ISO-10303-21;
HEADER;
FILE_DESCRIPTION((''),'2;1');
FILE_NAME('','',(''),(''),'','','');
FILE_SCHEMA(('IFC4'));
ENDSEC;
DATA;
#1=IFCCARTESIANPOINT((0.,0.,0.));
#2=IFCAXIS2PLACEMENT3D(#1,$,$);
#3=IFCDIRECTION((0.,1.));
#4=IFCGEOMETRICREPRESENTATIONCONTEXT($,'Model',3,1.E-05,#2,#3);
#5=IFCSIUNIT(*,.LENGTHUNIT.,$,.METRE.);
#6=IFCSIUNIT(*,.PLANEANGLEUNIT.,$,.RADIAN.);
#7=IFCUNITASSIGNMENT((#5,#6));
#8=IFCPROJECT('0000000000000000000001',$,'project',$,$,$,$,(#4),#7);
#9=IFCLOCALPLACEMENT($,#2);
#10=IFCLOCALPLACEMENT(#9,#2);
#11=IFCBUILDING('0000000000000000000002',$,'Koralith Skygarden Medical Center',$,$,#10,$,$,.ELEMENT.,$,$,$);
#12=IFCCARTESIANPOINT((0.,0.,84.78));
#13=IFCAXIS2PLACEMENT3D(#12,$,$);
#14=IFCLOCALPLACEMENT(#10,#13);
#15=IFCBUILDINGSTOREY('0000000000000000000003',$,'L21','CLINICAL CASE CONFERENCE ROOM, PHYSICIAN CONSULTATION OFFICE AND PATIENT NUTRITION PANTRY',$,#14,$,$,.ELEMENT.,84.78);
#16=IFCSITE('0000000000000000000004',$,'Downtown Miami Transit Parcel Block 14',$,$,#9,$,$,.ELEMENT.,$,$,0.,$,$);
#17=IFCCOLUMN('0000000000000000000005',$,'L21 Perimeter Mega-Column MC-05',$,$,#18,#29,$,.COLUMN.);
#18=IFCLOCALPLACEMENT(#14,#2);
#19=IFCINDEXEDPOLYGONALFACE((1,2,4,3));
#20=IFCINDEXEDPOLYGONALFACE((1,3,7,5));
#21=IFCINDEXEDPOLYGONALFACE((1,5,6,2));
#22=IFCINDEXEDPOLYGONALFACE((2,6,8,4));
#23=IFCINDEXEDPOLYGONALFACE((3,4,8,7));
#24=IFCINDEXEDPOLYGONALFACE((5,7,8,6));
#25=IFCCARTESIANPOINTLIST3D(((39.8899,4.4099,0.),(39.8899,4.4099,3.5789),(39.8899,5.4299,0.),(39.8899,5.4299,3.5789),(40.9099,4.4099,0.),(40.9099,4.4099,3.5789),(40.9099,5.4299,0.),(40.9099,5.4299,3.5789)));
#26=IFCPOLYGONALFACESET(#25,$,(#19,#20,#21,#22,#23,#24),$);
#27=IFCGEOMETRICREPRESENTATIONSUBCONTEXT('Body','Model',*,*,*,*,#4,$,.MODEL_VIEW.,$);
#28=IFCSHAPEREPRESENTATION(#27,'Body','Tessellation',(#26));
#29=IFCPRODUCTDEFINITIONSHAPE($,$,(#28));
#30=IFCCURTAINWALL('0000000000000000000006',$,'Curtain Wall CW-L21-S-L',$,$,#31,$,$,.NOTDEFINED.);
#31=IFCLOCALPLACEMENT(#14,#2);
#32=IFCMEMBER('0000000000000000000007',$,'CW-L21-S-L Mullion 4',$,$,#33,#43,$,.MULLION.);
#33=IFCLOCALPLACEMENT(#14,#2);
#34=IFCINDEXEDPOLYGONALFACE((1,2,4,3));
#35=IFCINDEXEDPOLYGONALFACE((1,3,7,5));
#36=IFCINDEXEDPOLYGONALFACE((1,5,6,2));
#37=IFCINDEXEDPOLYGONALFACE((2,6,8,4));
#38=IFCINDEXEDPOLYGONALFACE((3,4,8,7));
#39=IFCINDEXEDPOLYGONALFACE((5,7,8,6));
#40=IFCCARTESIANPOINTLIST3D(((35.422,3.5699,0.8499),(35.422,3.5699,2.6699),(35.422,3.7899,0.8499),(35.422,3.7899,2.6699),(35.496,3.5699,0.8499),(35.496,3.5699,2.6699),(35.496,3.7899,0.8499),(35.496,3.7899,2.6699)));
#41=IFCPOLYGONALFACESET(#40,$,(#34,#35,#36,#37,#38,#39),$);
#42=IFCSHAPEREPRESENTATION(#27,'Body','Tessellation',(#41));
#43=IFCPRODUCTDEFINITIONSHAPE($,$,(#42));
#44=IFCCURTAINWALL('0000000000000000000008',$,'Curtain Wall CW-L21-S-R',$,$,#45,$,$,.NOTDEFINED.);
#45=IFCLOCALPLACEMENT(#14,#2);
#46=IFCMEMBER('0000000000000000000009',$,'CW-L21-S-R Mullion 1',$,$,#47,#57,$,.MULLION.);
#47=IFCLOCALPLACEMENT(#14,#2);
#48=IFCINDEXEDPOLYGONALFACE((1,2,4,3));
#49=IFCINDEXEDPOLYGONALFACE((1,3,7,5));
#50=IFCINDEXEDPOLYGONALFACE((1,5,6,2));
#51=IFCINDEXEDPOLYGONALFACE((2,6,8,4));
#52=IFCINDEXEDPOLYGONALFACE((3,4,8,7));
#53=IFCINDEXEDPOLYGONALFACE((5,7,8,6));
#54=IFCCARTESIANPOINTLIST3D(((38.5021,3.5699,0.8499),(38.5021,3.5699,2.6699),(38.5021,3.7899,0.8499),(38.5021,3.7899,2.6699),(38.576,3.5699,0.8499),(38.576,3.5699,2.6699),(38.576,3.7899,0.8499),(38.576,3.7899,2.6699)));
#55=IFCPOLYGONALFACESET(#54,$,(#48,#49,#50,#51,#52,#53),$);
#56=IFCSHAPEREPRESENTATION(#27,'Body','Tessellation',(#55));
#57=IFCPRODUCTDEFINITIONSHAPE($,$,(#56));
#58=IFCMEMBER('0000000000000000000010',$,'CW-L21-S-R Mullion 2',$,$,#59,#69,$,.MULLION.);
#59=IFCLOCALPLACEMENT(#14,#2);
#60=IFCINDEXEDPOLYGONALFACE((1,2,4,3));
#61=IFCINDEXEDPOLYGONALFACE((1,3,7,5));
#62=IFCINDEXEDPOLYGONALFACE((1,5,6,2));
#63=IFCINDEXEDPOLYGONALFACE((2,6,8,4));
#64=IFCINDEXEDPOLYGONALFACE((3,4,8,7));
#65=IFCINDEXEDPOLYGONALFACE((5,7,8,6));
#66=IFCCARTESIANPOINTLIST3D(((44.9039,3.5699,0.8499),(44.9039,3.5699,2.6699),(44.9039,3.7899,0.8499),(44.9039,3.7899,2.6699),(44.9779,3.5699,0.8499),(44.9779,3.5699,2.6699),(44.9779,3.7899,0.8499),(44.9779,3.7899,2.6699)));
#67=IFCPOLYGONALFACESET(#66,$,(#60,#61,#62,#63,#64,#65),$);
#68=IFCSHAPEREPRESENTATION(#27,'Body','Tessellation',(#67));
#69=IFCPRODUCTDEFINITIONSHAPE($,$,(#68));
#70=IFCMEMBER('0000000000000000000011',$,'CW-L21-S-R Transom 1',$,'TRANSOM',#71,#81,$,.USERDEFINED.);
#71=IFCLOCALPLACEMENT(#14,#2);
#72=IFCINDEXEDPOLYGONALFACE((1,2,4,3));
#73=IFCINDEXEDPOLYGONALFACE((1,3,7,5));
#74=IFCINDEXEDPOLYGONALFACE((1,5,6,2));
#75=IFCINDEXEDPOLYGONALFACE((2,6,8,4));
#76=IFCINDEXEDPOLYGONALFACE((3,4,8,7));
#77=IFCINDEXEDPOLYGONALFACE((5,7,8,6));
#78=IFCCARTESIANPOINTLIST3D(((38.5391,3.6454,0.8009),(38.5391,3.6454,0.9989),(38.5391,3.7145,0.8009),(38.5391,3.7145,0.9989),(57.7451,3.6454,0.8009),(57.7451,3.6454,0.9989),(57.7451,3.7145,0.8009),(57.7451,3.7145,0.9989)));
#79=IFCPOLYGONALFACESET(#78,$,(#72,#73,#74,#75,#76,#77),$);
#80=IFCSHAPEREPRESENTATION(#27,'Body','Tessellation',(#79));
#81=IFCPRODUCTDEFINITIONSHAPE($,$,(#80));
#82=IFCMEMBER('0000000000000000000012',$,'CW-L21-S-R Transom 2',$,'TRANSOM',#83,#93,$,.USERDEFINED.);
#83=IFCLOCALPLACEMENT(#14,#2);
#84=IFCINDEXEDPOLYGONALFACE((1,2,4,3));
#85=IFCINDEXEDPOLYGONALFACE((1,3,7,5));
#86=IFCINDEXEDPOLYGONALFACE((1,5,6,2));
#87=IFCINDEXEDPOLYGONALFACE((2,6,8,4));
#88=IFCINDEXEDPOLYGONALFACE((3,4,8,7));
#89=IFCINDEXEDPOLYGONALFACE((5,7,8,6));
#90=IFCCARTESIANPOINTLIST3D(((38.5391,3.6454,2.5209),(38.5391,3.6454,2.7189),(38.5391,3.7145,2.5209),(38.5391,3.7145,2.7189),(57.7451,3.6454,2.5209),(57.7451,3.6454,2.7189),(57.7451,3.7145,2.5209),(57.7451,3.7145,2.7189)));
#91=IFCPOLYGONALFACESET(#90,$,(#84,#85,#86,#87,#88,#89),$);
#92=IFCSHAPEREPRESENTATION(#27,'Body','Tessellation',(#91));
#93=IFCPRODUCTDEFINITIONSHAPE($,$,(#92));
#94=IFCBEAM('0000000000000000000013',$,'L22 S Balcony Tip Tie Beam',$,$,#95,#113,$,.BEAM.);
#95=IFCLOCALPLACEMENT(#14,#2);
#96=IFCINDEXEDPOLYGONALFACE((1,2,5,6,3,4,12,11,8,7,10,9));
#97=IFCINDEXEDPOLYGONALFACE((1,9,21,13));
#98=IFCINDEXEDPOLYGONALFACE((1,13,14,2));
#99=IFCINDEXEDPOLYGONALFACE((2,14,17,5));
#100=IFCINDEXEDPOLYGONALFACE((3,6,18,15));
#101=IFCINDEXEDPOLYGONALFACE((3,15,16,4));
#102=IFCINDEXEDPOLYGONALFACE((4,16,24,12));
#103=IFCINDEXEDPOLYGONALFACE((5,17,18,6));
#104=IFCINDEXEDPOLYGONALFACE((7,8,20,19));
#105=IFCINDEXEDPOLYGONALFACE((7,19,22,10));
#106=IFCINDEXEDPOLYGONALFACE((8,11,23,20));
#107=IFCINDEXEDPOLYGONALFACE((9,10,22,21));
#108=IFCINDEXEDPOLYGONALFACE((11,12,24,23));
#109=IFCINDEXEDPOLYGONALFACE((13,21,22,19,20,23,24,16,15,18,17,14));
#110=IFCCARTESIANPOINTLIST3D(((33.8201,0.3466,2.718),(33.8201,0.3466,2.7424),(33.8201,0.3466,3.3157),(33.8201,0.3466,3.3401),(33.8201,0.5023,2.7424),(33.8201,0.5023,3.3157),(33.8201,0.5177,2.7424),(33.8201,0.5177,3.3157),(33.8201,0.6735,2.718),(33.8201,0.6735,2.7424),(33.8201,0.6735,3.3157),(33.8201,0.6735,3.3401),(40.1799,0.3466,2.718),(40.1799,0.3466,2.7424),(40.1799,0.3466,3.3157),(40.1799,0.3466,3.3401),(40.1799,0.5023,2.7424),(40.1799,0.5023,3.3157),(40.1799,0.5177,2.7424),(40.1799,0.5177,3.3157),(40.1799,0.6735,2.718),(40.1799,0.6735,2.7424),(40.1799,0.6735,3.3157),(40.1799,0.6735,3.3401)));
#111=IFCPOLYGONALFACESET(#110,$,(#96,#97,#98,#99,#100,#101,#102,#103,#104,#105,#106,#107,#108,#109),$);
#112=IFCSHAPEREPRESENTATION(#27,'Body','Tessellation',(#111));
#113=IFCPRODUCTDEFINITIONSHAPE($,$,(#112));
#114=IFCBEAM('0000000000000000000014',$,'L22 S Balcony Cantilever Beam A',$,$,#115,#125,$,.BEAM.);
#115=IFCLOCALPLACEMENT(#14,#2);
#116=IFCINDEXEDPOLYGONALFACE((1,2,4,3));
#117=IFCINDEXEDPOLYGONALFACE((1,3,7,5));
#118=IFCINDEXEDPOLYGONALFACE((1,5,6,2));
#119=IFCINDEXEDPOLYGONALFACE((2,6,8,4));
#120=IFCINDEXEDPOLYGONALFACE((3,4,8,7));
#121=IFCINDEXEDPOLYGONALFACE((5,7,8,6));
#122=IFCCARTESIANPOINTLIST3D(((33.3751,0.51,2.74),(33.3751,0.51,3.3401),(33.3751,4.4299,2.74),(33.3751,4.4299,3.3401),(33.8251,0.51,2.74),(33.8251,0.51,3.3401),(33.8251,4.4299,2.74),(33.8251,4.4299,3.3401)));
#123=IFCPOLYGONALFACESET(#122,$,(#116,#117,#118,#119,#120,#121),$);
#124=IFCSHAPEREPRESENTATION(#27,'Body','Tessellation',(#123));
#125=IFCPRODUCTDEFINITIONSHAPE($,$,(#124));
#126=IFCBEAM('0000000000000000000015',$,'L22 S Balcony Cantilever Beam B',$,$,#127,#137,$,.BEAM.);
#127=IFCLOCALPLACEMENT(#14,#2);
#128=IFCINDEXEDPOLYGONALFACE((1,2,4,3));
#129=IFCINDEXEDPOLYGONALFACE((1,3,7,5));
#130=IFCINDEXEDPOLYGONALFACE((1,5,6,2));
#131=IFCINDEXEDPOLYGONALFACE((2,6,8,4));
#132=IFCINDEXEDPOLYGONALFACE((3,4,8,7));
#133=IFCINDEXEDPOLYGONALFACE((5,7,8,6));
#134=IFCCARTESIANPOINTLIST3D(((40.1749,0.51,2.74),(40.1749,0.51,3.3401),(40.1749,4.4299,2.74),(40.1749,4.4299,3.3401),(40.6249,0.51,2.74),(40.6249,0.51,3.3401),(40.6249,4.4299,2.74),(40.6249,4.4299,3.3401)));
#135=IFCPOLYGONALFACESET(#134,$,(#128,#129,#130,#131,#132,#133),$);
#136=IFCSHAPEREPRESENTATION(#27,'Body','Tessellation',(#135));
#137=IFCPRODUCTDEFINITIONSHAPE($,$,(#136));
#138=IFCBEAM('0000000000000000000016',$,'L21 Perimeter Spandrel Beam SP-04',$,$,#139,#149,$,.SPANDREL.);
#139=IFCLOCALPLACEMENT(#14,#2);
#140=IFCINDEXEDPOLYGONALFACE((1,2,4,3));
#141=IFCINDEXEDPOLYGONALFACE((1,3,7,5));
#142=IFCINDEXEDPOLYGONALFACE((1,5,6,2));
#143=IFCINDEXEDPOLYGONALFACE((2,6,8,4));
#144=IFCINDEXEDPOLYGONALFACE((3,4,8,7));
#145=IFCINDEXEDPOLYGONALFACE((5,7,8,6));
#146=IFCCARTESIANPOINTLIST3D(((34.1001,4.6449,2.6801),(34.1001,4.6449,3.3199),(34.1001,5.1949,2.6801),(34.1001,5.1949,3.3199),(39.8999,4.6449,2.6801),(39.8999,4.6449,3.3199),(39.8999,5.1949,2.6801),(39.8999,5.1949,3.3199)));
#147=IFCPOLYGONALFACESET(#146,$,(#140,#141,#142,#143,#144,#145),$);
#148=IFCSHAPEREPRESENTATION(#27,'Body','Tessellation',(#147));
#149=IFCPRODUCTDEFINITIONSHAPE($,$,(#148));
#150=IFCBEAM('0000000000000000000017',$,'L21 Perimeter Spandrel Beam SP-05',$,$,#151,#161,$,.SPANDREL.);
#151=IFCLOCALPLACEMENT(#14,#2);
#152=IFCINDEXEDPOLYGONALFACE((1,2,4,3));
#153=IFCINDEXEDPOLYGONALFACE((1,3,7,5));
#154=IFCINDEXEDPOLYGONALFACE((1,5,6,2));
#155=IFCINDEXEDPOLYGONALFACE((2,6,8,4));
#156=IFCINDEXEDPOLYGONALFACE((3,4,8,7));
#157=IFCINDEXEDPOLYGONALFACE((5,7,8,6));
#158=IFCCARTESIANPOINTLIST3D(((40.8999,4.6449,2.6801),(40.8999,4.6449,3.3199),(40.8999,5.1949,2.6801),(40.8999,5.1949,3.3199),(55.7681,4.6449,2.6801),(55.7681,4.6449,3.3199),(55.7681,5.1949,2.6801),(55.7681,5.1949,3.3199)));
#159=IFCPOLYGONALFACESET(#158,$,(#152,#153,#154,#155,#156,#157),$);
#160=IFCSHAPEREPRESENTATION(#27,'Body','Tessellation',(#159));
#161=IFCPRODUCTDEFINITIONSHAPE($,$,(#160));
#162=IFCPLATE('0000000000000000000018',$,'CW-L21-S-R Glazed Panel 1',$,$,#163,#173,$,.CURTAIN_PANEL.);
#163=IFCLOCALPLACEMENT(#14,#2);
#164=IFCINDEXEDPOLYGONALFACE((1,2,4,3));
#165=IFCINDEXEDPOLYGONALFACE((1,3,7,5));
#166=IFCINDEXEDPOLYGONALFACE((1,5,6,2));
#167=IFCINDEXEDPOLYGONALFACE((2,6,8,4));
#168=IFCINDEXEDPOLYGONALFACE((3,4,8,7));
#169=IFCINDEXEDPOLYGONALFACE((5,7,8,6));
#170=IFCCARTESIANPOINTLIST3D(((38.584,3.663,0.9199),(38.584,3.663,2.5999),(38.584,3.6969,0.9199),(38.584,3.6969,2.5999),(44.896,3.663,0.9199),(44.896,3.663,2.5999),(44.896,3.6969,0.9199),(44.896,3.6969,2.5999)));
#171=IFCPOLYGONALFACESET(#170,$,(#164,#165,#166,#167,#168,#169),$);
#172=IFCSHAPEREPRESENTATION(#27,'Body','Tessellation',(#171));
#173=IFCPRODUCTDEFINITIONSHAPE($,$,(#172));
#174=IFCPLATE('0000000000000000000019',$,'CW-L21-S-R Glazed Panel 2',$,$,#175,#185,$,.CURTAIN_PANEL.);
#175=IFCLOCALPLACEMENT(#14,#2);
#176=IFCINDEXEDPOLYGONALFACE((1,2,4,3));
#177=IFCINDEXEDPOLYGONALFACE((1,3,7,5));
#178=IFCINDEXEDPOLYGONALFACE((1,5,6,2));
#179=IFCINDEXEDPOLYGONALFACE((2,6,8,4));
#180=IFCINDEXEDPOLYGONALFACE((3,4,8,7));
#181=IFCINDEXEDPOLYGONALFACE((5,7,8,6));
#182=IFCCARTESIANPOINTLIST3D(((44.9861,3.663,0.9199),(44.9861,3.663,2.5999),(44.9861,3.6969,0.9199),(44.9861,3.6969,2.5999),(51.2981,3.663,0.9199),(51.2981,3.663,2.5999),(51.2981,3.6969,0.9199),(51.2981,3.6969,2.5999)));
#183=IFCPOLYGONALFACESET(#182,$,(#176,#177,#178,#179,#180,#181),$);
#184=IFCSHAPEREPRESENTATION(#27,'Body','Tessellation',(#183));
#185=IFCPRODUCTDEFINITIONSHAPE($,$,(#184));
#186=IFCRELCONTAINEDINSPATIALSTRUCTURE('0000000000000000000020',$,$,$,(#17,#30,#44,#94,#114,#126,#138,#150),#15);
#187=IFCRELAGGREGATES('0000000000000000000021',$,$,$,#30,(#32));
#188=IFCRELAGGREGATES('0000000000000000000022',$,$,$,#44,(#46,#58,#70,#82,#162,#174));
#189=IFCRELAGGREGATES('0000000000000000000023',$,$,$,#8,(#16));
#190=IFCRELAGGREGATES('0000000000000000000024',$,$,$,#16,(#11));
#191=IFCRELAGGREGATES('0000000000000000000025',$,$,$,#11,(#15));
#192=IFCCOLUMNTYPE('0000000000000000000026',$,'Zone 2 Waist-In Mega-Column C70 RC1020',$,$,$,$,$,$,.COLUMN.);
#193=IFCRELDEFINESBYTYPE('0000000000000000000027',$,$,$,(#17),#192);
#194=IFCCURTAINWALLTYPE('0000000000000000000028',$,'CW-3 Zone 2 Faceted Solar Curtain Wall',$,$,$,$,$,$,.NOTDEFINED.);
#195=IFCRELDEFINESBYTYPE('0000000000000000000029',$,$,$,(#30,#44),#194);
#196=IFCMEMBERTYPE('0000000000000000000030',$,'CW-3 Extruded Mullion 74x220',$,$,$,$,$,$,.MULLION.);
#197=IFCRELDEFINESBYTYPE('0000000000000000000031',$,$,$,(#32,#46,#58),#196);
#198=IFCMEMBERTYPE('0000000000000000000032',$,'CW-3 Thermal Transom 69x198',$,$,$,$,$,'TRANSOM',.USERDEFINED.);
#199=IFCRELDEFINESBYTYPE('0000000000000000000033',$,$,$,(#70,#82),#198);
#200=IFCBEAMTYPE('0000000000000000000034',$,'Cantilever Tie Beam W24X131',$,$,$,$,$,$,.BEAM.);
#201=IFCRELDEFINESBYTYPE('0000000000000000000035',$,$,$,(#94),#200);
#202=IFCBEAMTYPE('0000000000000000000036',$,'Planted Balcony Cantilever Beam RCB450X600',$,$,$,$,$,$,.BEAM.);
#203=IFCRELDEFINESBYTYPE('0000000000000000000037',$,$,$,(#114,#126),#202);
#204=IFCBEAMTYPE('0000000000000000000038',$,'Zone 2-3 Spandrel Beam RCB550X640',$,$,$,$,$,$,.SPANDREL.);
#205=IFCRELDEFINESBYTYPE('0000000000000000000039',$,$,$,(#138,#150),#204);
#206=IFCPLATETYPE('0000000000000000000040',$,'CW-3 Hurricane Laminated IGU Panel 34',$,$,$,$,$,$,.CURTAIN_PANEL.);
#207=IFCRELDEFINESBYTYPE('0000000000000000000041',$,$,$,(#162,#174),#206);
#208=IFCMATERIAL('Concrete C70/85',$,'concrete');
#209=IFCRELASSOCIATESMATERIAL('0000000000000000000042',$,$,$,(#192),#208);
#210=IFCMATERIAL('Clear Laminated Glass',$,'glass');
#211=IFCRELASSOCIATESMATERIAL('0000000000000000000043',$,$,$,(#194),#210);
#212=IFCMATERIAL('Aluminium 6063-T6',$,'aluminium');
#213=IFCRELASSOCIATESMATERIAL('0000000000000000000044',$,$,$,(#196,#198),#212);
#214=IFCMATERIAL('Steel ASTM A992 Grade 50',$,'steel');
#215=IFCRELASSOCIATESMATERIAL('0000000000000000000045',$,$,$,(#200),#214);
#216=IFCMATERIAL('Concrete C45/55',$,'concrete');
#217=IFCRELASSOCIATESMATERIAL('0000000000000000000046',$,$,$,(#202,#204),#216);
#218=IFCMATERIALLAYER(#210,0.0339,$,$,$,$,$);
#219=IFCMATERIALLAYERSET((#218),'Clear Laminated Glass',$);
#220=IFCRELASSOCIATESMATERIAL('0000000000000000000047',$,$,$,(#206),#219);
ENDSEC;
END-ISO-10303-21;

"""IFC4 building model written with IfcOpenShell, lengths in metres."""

from ifc_helpers import new_model, si_unit, direction, frame, origin, origin_2d, place, context, subcontext, project, spatial, rectangle, i_section, extrude, material, layer, layer_set, material_profile, profile_set, type_object, element, aggregate, save


model = new_model("IFC4")

# Units and contexts
model_context = context("Model", 3, precision=1e-05, world=origin(), true_north=direction((0.0, 1.0)))
body_context = subcontext(model_context, "Body", "Model", "MODEL_VIEW")
ifc_project = project(units=[si_unit("LENGTHUNIT", "METRE"), si_unit("PLANEANGLEUNIT", "RADIAN")], contexts=[model_context])

# Site, building, storey
site_placement = place(None, origin())
site = spatial("IfcSite", under=ifc_project, at=site_placement, Name="Downtown Miami Transit Parcel Block 14", CompositionType="ELEMENT", RefElevation=0.0)
building_placement = place(site_placement, origin())
building = spatial("IfcBuilding", under=site, at=building_placement, Name="Koralith Skygarden Medical Center", CompositionType="ELEMENT")
storey_placement = place(building_placement, frame((0.0, 0.0, 84.78)))
storey = spatial("IfcBuildingStorey", under=building, at=storey_placement, Name="L21", Description="CLINICAL CASE CONFERENCE ROOM, PHYSICIAN CONSULTATION OFFICE AND PATIENT NUTRITION PANTRY", CompositionType="ELEMENT", Elevation=84.78)

# Column
ifc_material_1 = material(Name="Concrete C70/85", Category="concrete")
ifc_material_profile_1 = material_profile(ifc_material_1, rectangle(XDim=1.02, YDim=1.02, at=origin_2d()), Name="RC1020X1020")
ifc_profile_set_1 = profile_set([ifc_material_profile_1], Name="Concrete C70/85")
column_type = type_object("IfcColumnType", Name="Zone 2 Waist-In Mega-Column C70 RC1020", PredefinedType="COLUMN", material=ifc_profile_set_1)
column_placement = place(storey_placement, frame((40.3999, 4.9199, 0.0), z_axis=(0.0, 0.0, 1.0), x_axis=(1.0, 0.0, 0.0)))
element("IfcColumn", 1, at=column_placement, inside=storey, type_object=column_type, Name="L21 Perimeter Mega-Column MC-05", PredefinedType="COLUMN", context=body_context, shape_type="SweptSolid", body=[
    extrude(rectangle(XDim=1.02, YDim=1.02, at=origin_2d()), origin(), (0.0, 0.0, 1.0), 3.5789),
])

# Curtain wall, member
ifc_material_2 = material(Name="Clear Laminated Glass", Category="glass")
curtain_wall_type = type_object("IfcCurtainWallType", Name="CW-3 Zone 2 Faceted Solar Curtain Wall", PredefinedType="NOTDEFINED", material=ifc_material_2)
curtain_wall_1_placement = place(storey_placement, origin())
curtain_wall_1 = element("IfcCurtainWall", 2, at=curtain_wall_1_placement, inside=storey, type_object=curtain_wall_type, Name="Curtain Wall CW-L21-S-L", PredefinedType="NOTDEFINED")
ifc_material_3 = material(Name="Aluminium 6063-T6", Category="aluminium")
ifc_material_profile_2 = material_profile(ifc_material_3, rectangle(XDim=0.074, YDim=0.22, at=origin_2d()), Name="MUL74X220")
ifc_profile_set_2 = profile_set([ifc_material_profile_2], Name="Aluminium 6063-T6")
member_type_1 = type_object("IfcMemberType", Name="CW-3 Extruded Mullion 74x220", PredefinedType="MULLION", material=ifc_profile_set_2)
member_1_placement = place(storey_placement, frame((35.459, 3.6799, 0.8499), z_axis=(0.0, 0.0, 1.0), x_axis=(1.0, 0.0, 0.0)))
member_1 = element("IfcMember", 3, at=member_1_placement, type_object=member_type_1, Name="CW-L21-S-L Mullion 4", PredefinedType="MULLION", context=body_context, shape_type="SweptSolid", body=[
    extrude(rectangle(XDim=0.074, YDim=0.22, at=origin_2d()), origin(), (0.0, 0.0, 1.0), 1.8201),
])
aggregate(curtain_wall_1, [member_1])

# Curtain wall, members
curtain_wall_2_placement = place(storey_placement, origin())
curtain_wall_2 = element("IfcCurtainWall", 4, at=curtain_wall_2_placement, inside=storey, type_object=curtain_wall_type, Name="Curtain Wall CW-L21-S-R", PredefinedType="NOTDEFINED")
member_2_placement = place(storey_placement, frame((38.5391, 3.6799, 0.8499), z_axis=(0.0, 0.0, 1.0), x_axis=(1.0, 0.0, 0.0)))
member_2 = element("IfcMember", 5, at=member_2_placement, type_object=member_type_1, Name="CW-L21-S-R Mullion 1", PredefinedType="MULLION", context=body_context, shape_type="SweptSolid", body=[
    extrude(rectangle(XDim=0.074, YDim=0.22, at=origin_2d()), origin(), (0.0, 0.0, 1.0), 1.8201),
])
member_3_placement = place(storey_placement, frame((44.9409, 3.6799, 0.8499), z_axis=(0.0, 0.0, 1.0), x_axis=(1.0, 0.0, 0.0)))
member_3 = element("IfcMember", 6, at=member_3_placement, type_object=member_type_1, Name="CW-L21-S-R Mullion 2", PredefinedType="MULLION", context=body_context, shape_type="SweptSolid", body=[
    extrude(rectangle(XDim=0.074, YDim=0.22, at=origin_2d()), origin(), (0.0, 0.0, 1.0), 1.8201),
])
ifc_material_profile_3 = material_profile(ifc_material_3, rectangle(XDim=0.0691, YDim=0.198, at=origin_2d()), Name="TRN69X198")
ifc_profile_set_3 = profile_set([ifc_material_profile_3], Name="Aluminium 6063-T6")
member_type_2 = type_object("IfcMemberType", Name="CW-3 Thermal Transom 69x198", ElementType="TRANSOM", PredefinedType="USERDEFINED", material=ifc_profile_set_3)
member_4_placement = place(storey_placement, frame((38.5391, 3.6799, 0.8999), z_axis=(1.0, 0.0, 0.0), x_axis=(0.0, 1.0, 0.0)))
member_4 = element("IfcMember", 7, at=member_4_placement, type_object=member_type_2, Name="CW-L21-S-R Transom 1", ObjectType="TRANSOM", PredefinedType="USERDEFINED", context=body_context, shape_type="SweptSolid", body=[
    extrude(rectangle(XDim=0.0691, YDim=0.198, at=origin_2d()), origin(), (0.0, 0.0, 1.0), 19.2061),
])
member_5_placement = place(storey_placement, frame((38.5391, 3.6799, 2.6199), z_axis=(1.0, 0.0, 0.0), x_axis=(0.0, 1.0, 0.0)))
member_5 = element("IfcMember", 8, at=member_5_placement, type_object=member_type_2, Name="CW-L21-S-R Transom 2", ObjectType="TRANSOM", PredefinedType="USERDEFINED", context=body_context, shape_type="SweptSolid", body=[
    extrude(rectangle(XDim=0.0691, YDim=0.198, at=origin_2d()), origin(), (0.0, 0.0, 1.0), 19.2061),
])

# Beams
ifc_material_4 = material(Name="Steel ASTM A992 Grade 50", Category="steel")
ifc_material_profile_4 = material_profile(ifc_material_4, i_section(OverallWidth=0.3269, OverallDepth=0.6221, WebThickness=0.0154, FlangeThickness=0.0244, at=origin_2d()), Name="W24X131")
ifc_profile_set_4 = profile_set([ifc_material_profile_4], Name="Steel ASTM A992 Grade 50")
beam_type_1 = type_object("IfcBeamType", Name="Cantilever Tie Beam W24X131", PredefinedType="BEAM", material=ifc_profile_set_4)
beam_1_placement = place(storey_placement, frame((33.8201, 0.51, 3.0291), z_axis=(1.0, 0.0, 0.0), x_axis=(0.0, 1.0, 0.0)))
element("IfcBeam", 9, at=beam_1_placement, inside=storey, type_object=beam_type_1, Name="L22 S Balcony Tip Tie Beam", PredefinedType="BEAM", context=body_context, shape_type="SweptSolid", body=[
    extrude(i_section(OverallWidth=0.3269, OverallDepth=0.6221, WebThickness=0.0154, FlangeThickness=0.0244, at=origin_2d()), origin(), (0.0, 0.0, 1.0), 6.3599),
])
ifc_material_5 = material(Name="Concrete C45/55", Category="concrete")
ifc_material_profile_5 = material_profile(ifc_material_5, rectangle(XDim=0.45, YDim=0.6001, at=origin_2d()), Name="RCB450X600")
ifc_profile_set_5 = profile_set([ifc_material_profile_5], Name="Concrete C45/55")
beam_type_2 = type_object("IfcBeamType", Name="Planted Balcony Cantilever Beam RCB450X600", PredefinedType="BEAM", material=ifc_profile_set_5)
for number, where, z_axis, x_axis, name in (
    (10, (33.6001, 4.4299, 3.04), (0.0, -1.0, 0.0), (1.0, 0.0, 0.0), "L22 S Balcony Cantilever Beam A"),
    (11, (40.3999, 4.4299, 3.04), (0.0, -1.0, 0.0), (1.0, 0.0, 0.0), "L22 S Balcony Cantilever Beam B"),
):
    element("IfcBeam", number, at=place(storey_placement, frame(where, z_axis=z_axis, x_axis=x_axis)), inside=storey, type_object=beam_type_2, Name=name, PredefinedType="BEAM", context=body_context, shape_type="SweptSolid", body=[
        extrude(rectangle(XDim=0.45, YDim=0.6001, at=origin_2d()), origin(), (0.0, 0.0, 1.0), 3.9199),
    ])
ifc_material_profile_6 = material_profile(ifc_material_5, rectangle(XDim=0.55, YDim=0.6399, at=origin_2d()), Name="RCB550X640")
ifc_profile_set_6 = profile_set([ifc_material_profile_6], Name="Concrete C45/55")
beam_type_3 = type_object("IfcBeamType", Name="Zone 2-3 Spandrel Beam RCB550X640", PredefinedType="SPANDREL", material=ifc_profile_set_6)
beam_2_placement = place(storey_placement, frame((34.1001, 4.9199, 3.0), z_axis=(1.0, 0.0, 0.0), x_axis=(0.0, 1.0, 0.0)))
element("IfcBeam", 12, at=beam_2_placement, inside=storey, type_object=beam_type_3, Name="L21 Perimeter Spandrel Beam SP-04", PredefinedType="SPANDREL", context=body_context, shape_type="SweptSolid", body=[
    extrude(rectangle(XDim=0.55, YDim=0.6399, at=origin_2d()), origin(), (0.0, 0.0, 1.0), 5.7998),
])
beam_3_placement = place(storey_placement, frame((40.8999, 4.9199, 3.0), z_axis=(1.0, 0.0, 0.0), x_axis=(0.0, 1.0, 0.0)))
element("IfcBeam", 13, at=beam_3_placement, inside=storey, type_object=beam_type_3, Name="L21 Perimeter Spandrel Beam SP-05", PredefinedType="SPANDREL", context=body_context, shape_type="SweptSolid", body=[
    extrude(rectangle(XDim=0.55, YDim=0.6399, at=origin_2d()), origin(), (0.0, 0.0, 1.0), 14.8682),
])

# Plates
ifc_layer_1 = layer(ifc_material_2, 0.0339)
ifc_layer_set_1 = layer_set([ifc_layer_1], Name="Clear Laminated Glass")
plate_type = type_object("IfcPlateType", Name="CW-3 Hurricane Laminated IGU Panel 34", PredefinedType="CURTAIN_PANEL", material=ifc_layer_set_1)
plate_1_placement = place(storey_placement, frame((41.74, 3.6799, 0.9199), z_axis=(0.0, 0.0, 1.0), x_axis=(1.0, 0.0, 0.0)))
plate_1 = element("IfcPlate", 14, at=plate_1_placement, type_object=plate_type, Name="CW-L21-S-R Glazed Panel 1", PredefinedType="CURTAIN_PANEL", context=body_context, shape_type="SweptSolid", body=[
    extrude(rectangle(XDim=6.312, YDim=0.0339, at=origin_2d()), origin(), (0.0, 0.0, 1.0), 1.6799),
])
plate_2_placement = place(storey_placement, frame((48.1421, 3.6799, 0.9199), z_axis=(0.0, 0.0, 1.0), x_axis=(1.0, 0.0, 0.0)))
plate_2 = element("IfcPlate", 15, at=plate_2_placement, type_object=plate_type, Name="CW-L21-S-R Glazed Panel 2", PredefinedType="CURTAIN_PANEL", context=body_context, shape_type="SweptSolid", body=[
    extrude(rectangle(XDim=6.312, YDim=0.0339, at=origin_2d()), origin(), (0.0, 0.0, 1.0), 1.6799),
])
aggregate(curtain_wall_2, [member_2, member_3, member_4, member_5, plate_1, plate_2])

save(model, "model.ifc")
